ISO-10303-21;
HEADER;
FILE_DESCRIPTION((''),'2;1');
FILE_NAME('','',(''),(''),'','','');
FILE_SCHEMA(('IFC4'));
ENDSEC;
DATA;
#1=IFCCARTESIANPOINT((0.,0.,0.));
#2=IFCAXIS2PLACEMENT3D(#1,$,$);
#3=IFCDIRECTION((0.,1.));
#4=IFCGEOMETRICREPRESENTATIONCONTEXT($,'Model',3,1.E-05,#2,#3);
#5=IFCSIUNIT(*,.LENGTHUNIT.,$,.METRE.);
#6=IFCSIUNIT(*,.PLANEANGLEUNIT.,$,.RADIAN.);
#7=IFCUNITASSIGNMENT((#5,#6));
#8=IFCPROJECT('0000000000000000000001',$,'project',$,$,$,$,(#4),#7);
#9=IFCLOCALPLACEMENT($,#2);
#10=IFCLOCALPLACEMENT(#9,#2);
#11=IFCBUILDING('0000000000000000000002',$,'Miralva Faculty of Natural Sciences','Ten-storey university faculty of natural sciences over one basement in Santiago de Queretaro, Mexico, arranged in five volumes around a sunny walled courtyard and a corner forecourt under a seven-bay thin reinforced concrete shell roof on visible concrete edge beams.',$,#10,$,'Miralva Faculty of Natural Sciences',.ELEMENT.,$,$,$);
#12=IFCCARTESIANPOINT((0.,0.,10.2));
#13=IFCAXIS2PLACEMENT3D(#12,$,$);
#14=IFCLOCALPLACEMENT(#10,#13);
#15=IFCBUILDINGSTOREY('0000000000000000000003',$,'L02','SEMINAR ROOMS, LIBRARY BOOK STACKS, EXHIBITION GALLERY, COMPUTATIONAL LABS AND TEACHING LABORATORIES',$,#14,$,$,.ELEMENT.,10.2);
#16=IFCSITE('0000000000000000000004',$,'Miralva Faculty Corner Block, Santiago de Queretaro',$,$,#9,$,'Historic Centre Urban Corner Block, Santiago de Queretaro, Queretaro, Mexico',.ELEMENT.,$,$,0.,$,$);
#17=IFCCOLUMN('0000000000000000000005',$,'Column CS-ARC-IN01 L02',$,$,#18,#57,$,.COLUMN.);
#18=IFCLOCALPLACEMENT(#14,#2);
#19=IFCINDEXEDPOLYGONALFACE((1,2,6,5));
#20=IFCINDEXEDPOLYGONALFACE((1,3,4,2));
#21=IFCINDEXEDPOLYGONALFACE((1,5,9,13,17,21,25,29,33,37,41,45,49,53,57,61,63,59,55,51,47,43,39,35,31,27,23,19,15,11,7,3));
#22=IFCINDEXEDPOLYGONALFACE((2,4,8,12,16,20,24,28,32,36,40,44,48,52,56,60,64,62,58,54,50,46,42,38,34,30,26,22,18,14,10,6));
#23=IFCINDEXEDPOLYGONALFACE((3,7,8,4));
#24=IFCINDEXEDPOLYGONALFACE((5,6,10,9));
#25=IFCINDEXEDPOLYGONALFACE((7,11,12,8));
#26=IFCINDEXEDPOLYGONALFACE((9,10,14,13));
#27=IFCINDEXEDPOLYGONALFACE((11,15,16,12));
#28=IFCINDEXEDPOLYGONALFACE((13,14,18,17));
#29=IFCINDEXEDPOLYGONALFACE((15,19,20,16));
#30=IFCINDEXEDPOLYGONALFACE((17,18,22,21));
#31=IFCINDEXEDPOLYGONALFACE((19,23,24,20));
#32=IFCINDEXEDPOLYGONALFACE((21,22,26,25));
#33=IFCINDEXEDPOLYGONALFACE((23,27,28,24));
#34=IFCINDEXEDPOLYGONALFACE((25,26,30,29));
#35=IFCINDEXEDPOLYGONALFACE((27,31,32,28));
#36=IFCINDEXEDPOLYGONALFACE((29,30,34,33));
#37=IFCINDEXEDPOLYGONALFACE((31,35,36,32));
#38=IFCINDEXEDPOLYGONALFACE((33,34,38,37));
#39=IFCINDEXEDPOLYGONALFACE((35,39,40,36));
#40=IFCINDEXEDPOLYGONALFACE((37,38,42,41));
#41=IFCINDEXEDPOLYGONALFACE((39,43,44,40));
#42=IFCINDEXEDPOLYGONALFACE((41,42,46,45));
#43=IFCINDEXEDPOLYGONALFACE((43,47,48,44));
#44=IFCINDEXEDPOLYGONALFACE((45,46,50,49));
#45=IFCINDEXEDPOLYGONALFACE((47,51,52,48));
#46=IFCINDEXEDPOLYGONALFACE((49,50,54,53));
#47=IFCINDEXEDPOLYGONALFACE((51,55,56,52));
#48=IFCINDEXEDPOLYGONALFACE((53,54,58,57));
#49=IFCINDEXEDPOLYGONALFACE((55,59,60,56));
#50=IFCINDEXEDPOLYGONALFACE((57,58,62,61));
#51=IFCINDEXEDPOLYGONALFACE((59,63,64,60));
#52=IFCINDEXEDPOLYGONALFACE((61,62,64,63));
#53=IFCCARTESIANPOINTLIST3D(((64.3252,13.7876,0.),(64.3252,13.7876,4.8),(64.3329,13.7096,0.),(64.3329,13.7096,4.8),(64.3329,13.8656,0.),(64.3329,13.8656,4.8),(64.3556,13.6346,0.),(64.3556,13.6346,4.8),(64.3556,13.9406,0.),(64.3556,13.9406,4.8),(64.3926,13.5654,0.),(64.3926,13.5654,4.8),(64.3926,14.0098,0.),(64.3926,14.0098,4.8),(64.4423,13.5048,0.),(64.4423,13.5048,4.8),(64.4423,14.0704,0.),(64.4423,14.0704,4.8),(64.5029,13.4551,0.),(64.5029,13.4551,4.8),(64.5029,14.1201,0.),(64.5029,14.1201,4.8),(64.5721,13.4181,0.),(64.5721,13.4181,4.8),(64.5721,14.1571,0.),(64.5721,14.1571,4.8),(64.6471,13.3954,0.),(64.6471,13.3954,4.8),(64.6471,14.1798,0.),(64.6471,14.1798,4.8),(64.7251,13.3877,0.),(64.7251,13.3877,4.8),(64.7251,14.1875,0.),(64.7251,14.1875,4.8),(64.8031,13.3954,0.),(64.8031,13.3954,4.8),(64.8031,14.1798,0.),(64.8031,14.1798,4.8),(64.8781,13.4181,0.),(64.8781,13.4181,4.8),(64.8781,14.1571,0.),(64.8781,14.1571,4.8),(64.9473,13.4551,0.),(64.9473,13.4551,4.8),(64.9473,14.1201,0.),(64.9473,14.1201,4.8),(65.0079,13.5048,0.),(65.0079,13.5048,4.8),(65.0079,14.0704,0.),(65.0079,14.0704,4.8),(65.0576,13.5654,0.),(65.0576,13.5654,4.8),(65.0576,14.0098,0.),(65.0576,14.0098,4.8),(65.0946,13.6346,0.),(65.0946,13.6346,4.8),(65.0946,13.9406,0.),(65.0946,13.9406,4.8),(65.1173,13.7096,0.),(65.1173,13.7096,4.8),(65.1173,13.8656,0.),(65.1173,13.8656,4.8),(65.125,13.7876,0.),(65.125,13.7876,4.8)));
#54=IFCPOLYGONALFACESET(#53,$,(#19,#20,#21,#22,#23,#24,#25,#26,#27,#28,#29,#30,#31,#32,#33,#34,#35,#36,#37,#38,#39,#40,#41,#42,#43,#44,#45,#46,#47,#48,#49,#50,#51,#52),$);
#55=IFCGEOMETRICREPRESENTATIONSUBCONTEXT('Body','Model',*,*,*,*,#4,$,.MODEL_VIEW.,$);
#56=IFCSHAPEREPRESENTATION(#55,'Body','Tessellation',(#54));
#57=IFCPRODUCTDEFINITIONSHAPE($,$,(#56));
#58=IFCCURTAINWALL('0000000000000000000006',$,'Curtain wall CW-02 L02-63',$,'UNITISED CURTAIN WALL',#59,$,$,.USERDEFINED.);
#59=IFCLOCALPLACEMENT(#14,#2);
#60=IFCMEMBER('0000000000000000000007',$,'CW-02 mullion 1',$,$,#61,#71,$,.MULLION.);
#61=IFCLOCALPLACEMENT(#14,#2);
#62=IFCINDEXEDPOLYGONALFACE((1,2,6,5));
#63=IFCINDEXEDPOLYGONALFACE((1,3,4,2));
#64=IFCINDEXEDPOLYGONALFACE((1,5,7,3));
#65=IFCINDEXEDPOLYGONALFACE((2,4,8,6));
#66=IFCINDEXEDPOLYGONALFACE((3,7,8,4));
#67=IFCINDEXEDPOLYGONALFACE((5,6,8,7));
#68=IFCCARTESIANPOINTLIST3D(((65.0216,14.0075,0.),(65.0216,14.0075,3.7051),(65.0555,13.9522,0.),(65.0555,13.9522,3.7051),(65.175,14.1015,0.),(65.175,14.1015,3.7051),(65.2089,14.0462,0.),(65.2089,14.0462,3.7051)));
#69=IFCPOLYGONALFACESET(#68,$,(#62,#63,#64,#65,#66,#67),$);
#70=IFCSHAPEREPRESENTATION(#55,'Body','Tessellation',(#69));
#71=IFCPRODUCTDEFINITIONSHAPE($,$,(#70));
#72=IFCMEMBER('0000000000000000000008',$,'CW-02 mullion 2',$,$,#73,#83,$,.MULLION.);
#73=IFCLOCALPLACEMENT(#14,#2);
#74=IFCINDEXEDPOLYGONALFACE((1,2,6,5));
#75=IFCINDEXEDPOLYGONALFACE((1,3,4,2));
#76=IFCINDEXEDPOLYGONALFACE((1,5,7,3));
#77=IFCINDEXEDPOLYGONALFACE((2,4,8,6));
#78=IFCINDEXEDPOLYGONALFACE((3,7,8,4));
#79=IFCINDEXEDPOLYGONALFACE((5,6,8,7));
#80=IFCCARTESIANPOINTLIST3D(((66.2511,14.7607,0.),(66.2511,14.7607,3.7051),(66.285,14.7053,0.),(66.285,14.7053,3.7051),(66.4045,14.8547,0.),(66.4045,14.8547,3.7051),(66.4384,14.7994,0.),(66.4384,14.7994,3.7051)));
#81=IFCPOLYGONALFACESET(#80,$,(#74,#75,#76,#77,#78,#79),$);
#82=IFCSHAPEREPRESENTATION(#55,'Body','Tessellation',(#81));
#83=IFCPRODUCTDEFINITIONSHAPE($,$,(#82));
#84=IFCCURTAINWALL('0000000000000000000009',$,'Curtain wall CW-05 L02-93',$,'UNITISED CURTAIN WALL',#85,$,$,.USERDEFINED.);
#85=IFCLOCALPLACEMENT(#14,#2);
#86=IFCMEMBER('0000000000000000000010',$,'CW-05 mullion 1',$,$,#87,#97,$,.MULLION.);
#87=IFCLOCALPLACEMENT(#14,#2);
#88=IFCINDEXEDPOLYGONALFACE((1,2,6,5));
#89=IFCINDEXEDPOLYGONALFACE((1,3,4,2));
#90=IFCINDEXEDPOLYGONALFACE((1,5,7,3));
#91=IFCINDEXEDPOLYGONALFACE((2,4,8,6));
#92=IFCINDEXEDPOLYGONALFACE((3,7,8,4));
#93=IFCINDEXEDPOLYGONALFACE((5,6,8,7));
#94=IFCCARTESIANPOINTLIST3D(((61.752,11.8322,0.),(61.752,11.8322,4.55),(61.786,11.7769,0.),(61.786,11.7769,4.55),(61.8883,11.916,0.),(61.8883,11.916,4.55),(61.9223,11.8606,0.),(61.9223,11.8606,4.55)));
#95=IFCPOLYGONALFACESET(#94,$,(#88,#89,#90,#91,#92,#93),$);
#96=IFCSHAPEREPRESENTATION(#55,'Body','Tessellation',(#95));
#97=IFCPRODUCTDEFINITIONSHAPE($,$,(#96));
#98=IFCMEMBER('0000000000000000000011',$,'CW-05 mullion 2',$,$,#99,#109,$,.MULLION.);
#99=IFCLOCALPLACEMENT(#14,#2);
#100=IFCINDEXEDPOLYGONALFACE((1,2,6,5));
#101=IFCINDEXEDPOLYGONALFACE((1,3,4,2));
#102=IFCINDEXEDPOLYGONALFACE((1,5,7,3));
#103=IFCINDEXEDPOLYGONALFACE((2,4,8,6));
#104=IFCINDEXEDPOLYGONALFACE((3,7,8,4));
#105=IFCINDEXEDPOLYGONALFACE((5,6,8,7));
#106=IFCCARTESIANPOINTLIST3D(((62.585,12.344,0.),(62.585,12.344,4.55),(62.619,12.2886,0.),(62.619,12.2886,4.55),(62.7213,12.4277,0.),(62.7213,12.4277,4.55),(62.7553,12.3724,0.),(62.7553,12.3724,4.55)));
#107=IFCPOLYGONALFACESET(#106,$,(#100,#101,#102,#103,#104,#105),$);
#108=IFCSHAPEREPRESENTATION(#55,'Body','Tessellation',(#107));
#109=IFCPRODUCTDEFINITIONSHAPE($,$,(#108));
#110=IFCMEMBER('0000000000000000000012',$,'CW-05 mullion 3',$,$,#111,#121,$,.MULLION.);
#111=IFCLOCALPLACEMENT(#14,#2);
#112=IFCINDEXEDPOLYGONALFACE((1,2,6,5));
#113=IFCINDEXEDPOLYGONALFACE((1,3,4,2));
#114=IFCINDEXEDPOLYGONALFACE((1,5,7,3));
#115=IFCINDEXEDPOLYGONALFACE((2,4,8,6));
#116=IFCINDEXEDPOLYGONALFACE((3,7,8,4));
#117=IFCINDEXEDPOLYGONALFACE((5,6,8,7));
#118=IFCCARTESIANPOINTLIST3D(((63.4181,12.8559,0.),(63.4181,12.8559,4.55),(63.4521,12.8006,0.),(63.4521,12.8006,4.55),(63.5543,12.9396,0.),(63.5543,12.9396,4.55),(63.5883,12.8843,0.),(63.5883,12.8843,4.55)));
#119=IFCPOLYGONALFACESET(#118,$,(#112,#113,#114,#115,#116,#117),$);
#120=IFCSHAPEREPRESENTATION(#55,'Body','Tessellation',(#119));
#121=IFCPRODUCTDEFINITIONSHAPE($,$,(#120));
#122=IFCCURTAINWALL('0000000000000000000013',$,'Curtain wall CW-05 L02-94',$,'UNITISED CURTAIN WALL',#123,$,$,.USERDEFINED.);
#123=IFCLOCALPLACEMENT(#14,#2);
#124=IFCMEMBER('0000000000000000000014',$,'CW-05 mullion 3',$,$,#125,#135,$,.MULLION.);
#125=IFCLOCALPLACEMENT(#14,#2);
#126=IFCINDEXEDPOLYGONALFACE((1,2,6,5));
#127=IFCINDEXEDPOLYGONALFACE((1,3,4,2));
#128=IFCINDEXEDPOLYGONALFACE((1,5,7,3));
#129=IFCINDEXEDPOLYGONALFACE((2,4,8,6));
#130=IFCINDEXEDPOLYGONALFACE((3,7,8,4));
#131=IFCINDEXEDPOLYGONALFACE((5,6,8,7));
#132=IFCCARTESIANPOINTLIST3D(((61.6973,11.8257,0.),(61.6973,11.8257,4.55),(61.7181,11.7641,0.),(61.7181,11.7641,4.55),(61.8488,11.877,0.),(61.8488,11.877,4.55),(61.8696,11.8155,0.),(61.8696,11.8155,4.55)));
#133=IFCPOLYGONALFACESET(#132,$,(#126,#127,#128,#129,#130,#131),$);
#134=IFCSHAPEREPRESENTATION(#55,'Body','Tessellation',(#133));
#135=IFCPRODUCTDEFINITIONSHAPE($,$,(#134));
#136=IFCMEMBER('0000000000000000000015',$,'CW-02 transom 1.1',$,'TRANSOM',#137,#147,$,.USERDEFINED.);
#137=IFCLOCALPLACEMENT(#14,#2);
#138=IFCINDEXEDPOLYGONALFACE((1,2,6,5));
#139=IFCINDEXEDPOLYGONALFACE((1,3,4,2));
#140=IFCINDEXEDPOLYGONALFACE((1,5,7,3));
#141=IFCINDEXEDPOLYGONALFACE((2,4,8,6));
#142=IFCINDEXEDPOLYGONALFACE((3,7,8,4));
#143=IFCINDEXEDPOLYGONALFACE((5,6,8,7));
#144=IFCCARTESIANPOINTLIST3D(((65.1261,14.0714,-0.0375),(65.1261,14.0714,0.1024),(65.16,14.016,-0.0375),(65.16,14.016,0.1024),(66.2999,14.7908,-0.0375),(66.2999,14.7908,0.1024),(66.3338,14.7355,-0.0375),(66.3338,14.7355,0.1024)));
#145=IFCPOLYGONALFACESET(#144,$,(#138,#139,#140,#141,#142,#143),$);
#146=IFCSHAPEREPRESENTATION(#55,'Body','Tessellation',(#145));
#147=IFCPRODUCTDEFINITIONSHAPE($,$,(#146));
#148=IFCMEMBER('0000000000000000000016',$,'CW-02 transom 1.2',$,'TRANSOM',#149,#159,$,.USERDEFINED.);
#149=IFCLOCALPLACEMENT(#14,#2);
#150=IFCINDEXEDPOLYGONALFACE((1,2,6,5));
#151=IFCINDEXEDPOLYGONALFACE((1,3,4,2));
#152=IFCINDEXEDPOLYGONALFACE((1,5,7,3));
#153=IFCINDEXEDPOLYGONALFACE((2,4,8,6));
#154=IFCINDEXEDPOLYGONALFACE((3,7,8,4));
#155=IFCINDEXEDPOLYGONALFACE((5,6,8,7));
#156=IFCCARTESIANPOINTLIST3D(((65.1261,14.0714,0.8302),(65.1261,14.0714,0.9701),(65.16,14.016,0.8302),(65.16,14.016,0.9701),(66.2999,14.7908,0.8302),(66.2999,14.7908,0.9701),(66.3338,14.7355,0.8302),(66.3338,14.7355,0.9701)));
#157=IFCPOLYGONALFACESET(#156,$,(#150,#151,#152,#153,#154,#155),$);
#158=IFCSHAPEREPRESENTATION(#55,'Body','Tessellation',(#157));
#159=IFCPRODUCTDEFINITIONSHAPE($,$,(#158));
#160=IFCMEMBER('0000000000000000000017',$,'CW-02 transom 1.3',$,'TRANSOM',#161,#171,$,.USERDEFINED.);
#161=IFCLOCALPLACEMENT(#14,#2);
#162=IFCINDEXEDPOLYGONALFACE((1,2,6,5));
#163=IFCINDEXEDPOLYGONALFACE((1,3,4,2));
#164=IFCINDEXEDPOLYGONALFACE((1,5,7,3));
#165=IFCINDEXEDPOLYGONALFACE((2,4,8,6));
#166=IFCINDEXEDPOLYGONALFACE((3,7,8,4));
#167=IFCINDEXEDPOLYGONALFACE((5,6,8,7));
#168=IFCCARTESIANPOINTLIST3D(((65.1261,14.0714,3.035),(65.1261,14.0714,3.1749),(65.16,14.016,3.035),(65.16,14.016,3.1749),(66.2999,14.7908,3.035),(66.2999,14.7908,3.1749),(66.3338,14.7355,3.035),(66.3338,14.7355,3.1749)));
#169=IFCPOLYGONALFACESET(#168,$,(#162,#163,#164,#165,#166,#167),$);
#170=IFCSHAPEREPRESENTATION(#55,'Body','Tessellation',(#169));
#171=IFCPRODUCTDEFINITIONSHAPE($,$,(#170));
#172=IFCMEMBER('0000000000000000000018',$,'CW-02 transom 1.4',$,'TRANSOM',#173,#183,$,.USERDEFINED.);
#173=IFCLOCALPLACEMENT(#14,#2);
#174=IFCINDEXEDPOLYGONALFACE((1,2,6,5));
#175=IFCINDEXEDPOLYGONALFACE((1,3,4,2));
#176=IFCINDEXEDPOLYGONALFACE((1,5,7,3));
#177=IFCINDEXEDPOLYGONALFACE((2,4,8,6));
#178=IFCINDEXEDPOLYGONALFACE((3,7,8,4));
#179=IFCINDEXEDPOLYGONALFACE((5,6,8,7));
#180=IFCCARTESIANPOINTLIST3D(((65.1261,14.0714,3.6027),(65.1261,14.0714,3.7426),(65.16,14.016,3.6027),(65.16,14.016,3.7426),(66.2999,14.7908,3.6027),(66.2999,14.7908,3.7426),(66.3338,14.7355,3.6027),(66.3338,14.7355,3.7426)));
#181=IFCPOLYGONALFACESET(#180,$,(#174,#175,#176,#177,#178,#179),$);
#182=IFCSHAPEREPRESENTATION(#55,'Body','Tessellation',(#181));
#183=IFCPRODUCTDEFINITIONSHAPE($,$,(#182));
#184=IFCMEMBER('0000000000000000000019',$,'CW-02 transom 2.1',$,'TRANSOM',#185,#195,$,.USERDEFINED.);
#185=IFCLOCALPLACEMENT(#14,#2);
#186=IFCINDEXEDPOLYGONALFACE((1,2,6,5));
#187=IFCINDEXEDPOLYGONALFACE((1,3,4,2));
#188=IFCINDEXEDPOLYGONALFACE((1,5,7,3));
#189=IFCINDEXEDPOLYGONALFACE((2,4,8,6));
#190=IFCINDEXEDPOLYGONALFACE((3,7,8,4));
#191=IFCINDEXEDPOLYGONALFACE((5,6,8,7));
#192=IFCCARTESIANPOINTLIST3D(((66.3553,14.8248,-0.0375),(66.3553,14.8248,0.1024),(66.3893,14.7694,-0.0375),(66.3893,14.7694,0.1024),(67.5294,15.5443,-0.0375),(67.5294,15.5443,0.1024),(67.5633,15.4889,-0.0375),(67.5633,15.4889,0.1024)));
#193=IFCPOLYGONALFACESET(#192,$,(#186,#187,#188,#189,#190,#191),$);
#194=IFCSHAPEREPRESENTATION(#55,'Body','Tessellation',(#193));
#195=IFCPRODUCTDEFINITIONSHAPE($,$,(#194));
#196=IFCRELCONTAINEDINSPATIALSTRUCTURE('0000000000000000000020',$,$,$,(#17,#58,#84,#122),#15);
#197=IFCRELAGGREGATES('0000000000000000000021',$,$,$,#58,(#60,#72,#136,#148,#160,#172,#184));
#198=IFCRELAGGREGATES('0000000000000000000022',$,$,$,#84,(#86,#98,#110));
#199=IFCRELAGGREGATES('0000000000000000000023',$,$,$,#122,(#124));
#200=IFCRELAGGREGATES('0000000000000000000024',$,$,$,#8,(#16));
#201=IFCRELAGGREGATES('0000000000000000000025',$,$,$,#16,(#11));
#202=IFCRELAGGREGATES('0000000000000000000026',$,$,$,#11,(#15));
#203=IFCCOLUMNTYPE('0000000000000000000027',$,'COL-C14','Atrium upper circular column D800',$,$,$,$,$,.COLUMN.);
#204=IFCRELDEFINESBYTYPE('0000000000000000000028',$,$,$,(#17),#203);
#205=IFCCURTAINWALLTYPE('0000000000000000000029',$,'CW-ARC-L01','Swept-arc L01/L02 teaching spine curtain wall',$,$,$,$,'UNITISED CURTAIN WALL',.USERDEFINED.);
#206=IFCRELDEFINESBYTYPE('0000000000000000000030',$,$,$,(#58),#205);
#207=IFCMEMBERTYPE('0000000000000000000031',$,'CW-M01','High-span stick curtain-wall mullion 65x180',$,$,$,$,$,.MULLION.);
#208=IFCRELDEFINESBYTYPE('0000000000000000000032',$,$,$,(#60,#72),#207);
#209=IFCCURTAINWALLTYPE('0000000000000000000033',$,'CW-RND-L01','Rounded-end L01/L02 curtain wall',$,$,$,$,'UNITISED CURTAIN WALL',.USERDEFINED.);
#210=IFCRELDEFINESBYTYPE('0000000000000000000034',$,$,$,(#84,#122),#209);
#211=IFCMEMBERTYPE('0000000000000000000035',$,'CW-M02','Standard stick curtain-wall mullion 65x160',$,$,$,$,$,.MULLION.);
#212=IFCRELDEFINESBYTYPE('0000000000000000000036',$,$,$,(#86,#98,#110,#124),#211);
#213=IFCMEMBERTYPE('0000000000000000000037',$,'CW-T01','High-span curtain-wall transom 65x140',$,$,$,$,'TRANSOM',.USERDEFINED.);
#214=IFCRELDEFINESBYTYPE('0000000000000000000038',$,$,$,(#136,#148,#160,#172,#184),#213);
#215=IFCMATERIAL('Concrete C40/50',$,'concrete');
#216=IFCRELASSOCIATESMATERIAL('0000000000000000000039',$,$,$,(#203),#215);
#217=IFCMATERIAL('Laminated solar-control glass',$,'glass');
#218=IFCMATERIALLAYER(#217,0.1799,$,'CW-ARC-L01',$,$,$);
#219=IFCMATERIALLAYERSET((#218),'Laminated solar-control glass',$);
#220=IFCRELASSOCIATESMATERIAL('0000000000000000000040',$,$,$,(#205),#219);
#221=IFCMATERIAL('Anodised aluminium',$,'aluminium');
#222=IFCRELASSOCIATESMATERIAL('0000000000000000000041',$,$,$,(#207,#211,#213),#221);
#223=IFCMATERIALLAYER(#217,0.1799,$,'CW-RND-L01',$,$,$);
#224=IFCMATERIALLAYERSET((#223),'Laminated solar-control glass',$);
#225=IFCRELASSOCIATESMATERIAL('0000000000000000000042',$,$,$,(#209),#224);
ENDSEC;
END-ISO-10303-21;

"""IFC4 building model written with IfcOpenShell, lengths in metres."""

from ifc_helpers import new_model, si_unit, direction, frame, origin, origin_2d, place, context, subcontext, project, spatial, rectangle, circle, extrude, material, layer, layer_set, material_profile, profile_set, type_object, element, aggregate, save


model = new_model("IFC4")

# Units and contexts
model_context = context("Model", 3, precision=1e-05, world=origin(), true_north=direction((0.0, 1.0)))
body_context = subcontext(model_context, "Body", "Model", "MODEL_VIEW")
ifc_project = project(units=[si_unit("LENGTHUNIT", "METRE"), si_unit("PLANEANGLEUNIT", "RADIAN")], contexts=[model_context])

# Site, building, storey
site_placement = place(None, origin())
site = spatial("IfcSite", under=ifc_project, at=site_placement, Name="Miralva Faculty Corner Block, Santiago de Queretaro", LongName="Historic Centre Urban Corner Block, Santiago de Queretaro, Queretaro, Mexico", CompositionType="ELEMENT", RefElevation=0.0)
building_placement = place(site_placement, origin())
building = spatial("IfcBuilding", under=site, at=building_placement, Name="Miralva Faculty of Natural Sciences", Description="Ten-storey university faculty of natural sciences over one basement in Santiago de Queretaro, Mexico, arranged in five volumes around a sunny walled courtyard and a corner forecourt under a seven-bay thin reinforced concrete shell roof on visible concrete edge beams.", LongName="Miralva Faculty of Natural Sciences", CompositionType="ELEMENT")
storey_placement = place(building_placement, frame((0.0, 0.0, 10.2)))
storey = spatial("IfcBuildingStorey", under=building, at=storey_placement, Name="L02", Description="SEMINAR ROOMS, LIBRARY BOOK STACKS, EXHIBITION GALLERY, COMPUTATIONAL LABS AND TEACHING LABORATORIES", CompositionType="ELEMENT", Elevation=10.2)

# Column
ifc_material_1 = material(Name="Concrete C40/50", Category="concrete")
ifc_material_profile_1 = material_profile(ifc_material_1, circle(Radius=0.3999, at=origin_2d()), Name="RC DIA 800")
ifc_profile_set_1 = profile_set([ifc_material_profile_1], Name="Concrete C40/50")
column_type = type_object("IfcColumnType", Name="COL-C14", Description="Atrium upper circular column D800", PredefinedType="COLUMN", material=ifc_profile_set_1)
column_placement = place(storey_placement, frame((64.7251, 13.7876, 0.0), z_axis=(0.0, 0.0, 1.0), x_axis=(1.0, 0.0, 0.0)))
element("IfcColumn", 1, at=column_placement, inside=storey, type_object=column_type, Name="Column CS-ARC-IN01 L02", PredefinedType="COLUMN", context=body_context, shape_type="SweptSolid", body=[
    extrude(circle(Radius=0.3999, at=origin_2d()), origin(), (0.0, 0.0, 1.0), 4.8),
])

# Curtain walls, members
ifc_material_2 = material(Name="Laminated solar-control glass", Category="glass")
ifc_layer_1 = layer(ifc_material_2, 0.1799, Name="CW-ARC-L01")
ifc_layer_set_1 = layer_set([ifc_layer_1], Name="Laminated solar-control glass")
curtain_wall_type_1 = type_object("IfcCurtainWallType", Name="CW-ARC-L01", Description="Swept-arc L01/L02 teaching spine curtain wall", ElementType="UNITISED CURTAIN WALL", PredefinedType="USERDEFINED", material=ifc_layer_set_1)
curtain_wall_1_placement = place(storey_placement, origin())
curtain_wall_1 = element("IfcCurtainWall", 2, at=curtain_wall_1_placement, inside=storey, type_object=curtain_wall_type_1, Name="Curtain wall CW-02 L02-63", ObjectType="UNITISED CURTAIN WALL", PredefinedType="USERDEFINED")
ifc_material_3 = material(Name="Anodised aluminium", Category="aluminium")
ifc_material_profile_2 = material_profile(ifc_material_3, rectangle(XDim=0.0649, YDim=0.1799, at=origin_2d()), Name="MULLION 65x180")
ifc_profile_set_2 = profile_set([ifc_material_profile_2], Name="Anodised aluminium")
member_type_1 = type_object("IfcMemberType", Name="CW-M01", Description="High-span stick curtain-wall mullion 65x180", PredefinedType="MULLION", material=ifc_profile_set_2)
member_1_placement = place(storey_placement, frame((65.1152, 14.0269, 0.0), z_axis=(0.0, 0.0, 1.0), x_axis=(-0.522498, 0.852641, 0.0)))
member_1 = element("IfcMember", 3, at=member_1_placement, type_object=member_type_1, Name="CW-02 mullion 1", PredefinedType="MULLION", context=body_context, shape_type="SweptSolid", body=[
    extrude(rectangle(XDim=0.0649, YDim=0.1799, at=origin_2d()), origin(), (0.0, 0.0, 1.0), 3.7051),
])
member_2_placement = place(storey_placement, frame((66.3447, 14.78, 0.0), z_axis=(0.0, 0.0, 1.0), x_axis=(-0.522498, 0.852641, 0.0)))
member_2 = element("IfcMember", 4, at=member_2_placement, type_object=member_type_1, Name="CW-02 mullion 2", PredefinedType="MULLION", context=body_context, shape_type="SweptSolid", body=[
    extrude(rectangle(XDim=0.0649, YDim=0.1799, at=origin_2d()), origin(), (0.0, 0.0, 1.0), 3.7051),
])
ifc_layer_2 = layer(ifc_material_2, 0.1799, Name="CW-RND-L01")
ifc_layer_set_2 = layer_set([ifc_layer_2], Name="Laminated solar-control glass")
curtain_wall_type_2 = type_object("IfcCurtainWallType", Name="CW-RND-L01", Description="Rounded-end L01/L02 curtain wall", ElementType="UNITISED CURTAIN WALL", PredefinedType="USERDEFINED", material=ifc_layer_set_2)
curtain_wall_2_placement = place(storey_placement, origin())
curtain_wall_2 = element("IfcCurtainWall", 5, at=curtain_wall_2_placement, inside=storey, type_object=curtain_wall_type_2, Name="Curtain wall CW-05 L02-93", ObjectType="UNITISED CURTAIN WALL", PredefinedType="USERDEFINED")
ifc_material_profile_3 = material_profile(ifc_material_3, rectangle(XDim=0.0649, YDim=0.1599, at=origin_2d()), Name="MULLION 65x160")
ifc_profile_set_3 = profile_set([ifc_material_profile_3], Name="Anodised aluminium")
member_type_2 = type_object("IfcMemberType", Name="CW-M02", Description="Standard stick curtain-wall mullion 65x160", PredefinedType="MULLION", material=ifc_profile_set_3)
member_3_placement = place(storey_placement, frame((61.8372, 11.8464, 0.0), z_axis=(0.0, 0.0, 1.0), x_axis=(-0.523551, 0.851995, 0.0)))
member_3 = element("IfcMember", 6, at=member_3_placement, type_object=member_type_2, Name="CW-05 mullion 1", PredefinedType="MULLION", context=body_context, shape_type="SweptSolid", body=[
    extrude(rectangle(XDim=0.0649, YDim=0.1599, at=origin_2d()), origin(), (0.0, 0.0, 1.0), 4.55),
])
member_4_placement = place(storey_placement, frame((62.6702, 12.3582, 0.0), z_axis=(0.0, 0.0, 1.0), x_axis=(-0.523551, 0.851995, 0.0)))
member_4 = element("IfcMember", 7, at=member_4_placement, type_object=member_type_2, Name="CW-05 mullion 2", PredefinedType="MULLION", context=body_context, shape_type="SweptSolid", body=[
    extrude(rectangle(XDim=0.0649, YDim=0.1599, at=origin_2d()), origin(), (0.0, 0.0, 1.0), 4.55),
])
member_5_placement = place(storey_placement, frame((63.5032, 12.8701, 0.0), z_axis=(0.0, 0.0, 1.0), x_axis=(-0.523551, 0.851995, 0.0)))
member_5 = element("IfcMember", 8, at=member_5_placement, type_object=member_type_2, Name="CW-05 mullion 3", PredefinedType="MULLION", context=body_context, shape_type="SweptSolid", body=[
    extrude(rectangle(XDim=0.0649, YDim=0.1599, at=origin_2d()), origin(), (0.0, 0.0, 1.0), 4.55),
])

# Curtain wall, member
curtain_wall_3_placement = place(storey_placement, origin())
curtain_wall_3 = element("IfcCurtainWall", 9, at=curtain_wall_3_placement, inside=storey, type_object=curtain_wall_type_2, Name="Curtain wall CW-05 L02-94", ObjectType="UNITISED CURTAIN WALL", PredefinedType="USERDEFINED")
member_6_placement = place(storey_placement, frame((61.7834, 11.8206, 0.0), z_axis=(0.0, 0.0, 1.0), x_axis=(-0.320842, 0.947133, 0.0)))
member_6 = element("IfcMember", 10, at=member_6_placement, type_object=member_type_2, Name="CW-05 mullion 3", PredefinedType="MULLION", context=body_context, shape_type="SweptSolid", body=[
    extrude(rectangle(XDim=0.0649, YDim=0.1599, at=origin_2d()), origin(), (0.0, 0.0, 1.0), 4.55),
])

# Members
ifc_material_profile_4 = material_profile(ifc_material_3, rectangle(XDim=0.0649, YDim=0.1399, at=origin_2d()), Name="TRANSOM 65x140")
ifc_profile_set_4 = profile_set([ifc_material_profile_4], Name="Anodised aluminium")
member_type_3 = type_object("IfcMemberType", Name="CW-T01", Description="High-span curtain-wall transom 65x140", ElementType="TRANSOM", PredefinedType="USERDEFINED", material=ifc_profile_set_4)
member_7_placement = place(storey_placement, frame((65.1431, 14.0437, 0.0325), z_axis=(0.852589, 0.522583, 0.0), x_axis=(-0.522583, 0.852589, 0.0)))
member_7 = element("IfcMember", 11, at=member_7_placement, type_object=member_type_3, Name="CW-02 transom 1.1", ObjectType="TRANSOM", PredefinedType="USERDEFINED", context=body_context, shape_type="SweptSolid", body=[
    extrude(rectangle(XDim=0.0649, YDim=0.1399, at=origin_2d()), origin(), (0.0, 0.0, 1.0), 1.3767),
])
member_8_placement = place(storey_placement, frame((65.1431, 14.0437, 0.9001), z_axis=(0.852589, 0.522583, 0.0), x_axis=(-0.522583, 0.852589, 0.0)))
member_8 = element("IfcMember", 12, at=member_8_placement, type_object=member_type_3, Name="CW-02 transom 1.2", ObjectType="TRANSOM", PredefinedType="USERDEFINED", context=body_context, shape_type="SweptSolid", body=[
    extrude(rectangle(XDim=0.0649, YDim=0.1399, at=origin_2d()), origin(), (0.0, 0.0, 1.0), 1.3767),
])
member_9_placement = place(storey_placement, frame((65.1431, 14.0437, 3.105), z_axis=(0.852589, 0.522583, 0.0), x_axis=(-0.522583, 0.852589, 0.0)))
member_9 = element("IfcMember", 13, at=member_9_placement, type_object=member_type_3, Name="CW-02 transom 1.3", ObjectType="TRANSOM", PredefinedType="USERDEFINED", context=body_context, shape_type="SweptSolid", body=[
    extrude(rectangle(XDim=0.0649, YDim=0.1399, at=origin_2d()), origin(), (0.0, 0.0, 1.0), 1.3767),
])
member_10_placement = place(storey_placement, frame((65.1431, 14.0437, 3.6726), z_axis=(0.852589, 0.522583, 0.0), x_axis=(-0.522583, 0.852589, 0.0)))
member_10 = element("IfcMember", 14, at=member_10_placement, type_object=member_type_3, Name="CW-02 transom 1.4", ObjectType="TRANSOM", PredefinedType="USERDEFINED", context=body_context, shape_type="SweptSolid", body=[
    extrude(rectangle(XDim=0.0649, YDim=0.1399, at=origin_2d()), origin(), (0.0, 0.0, 1.0), 1.3767),
])
member_11_placement = place(storey_placement, frame((66.3723, 14.7971, 0.0325), z_axis=(0.852637, 0.522504, 0.0), x_axis=(-0.522504, 0.852637, 0.0)))
member_11 = element("IfcMember", 15, at=member_11_placement, type_object=member_type_3, Name="CW-02 transom 2.1", ObjectType="TRANSOM", PredefinedType="USERDEFINED", context=body_context, shape_type="SweptSolid", body=[
    extrude(rectangle(XDim=0.0649, YDim=0.1399, at=origin_2d()), origin(), (0.0, 0.0, 1.0), 1.377),
])

aggregate(curtain_wall_1, [member_1, member_2, member_7, member_8, member_9, member_10, member_11])
aggregate(curtain_wall_2, [member_3, member_4, member_5])
aggregate(curtain_wall_3, [member_6])

save(model, "model.ifc")
